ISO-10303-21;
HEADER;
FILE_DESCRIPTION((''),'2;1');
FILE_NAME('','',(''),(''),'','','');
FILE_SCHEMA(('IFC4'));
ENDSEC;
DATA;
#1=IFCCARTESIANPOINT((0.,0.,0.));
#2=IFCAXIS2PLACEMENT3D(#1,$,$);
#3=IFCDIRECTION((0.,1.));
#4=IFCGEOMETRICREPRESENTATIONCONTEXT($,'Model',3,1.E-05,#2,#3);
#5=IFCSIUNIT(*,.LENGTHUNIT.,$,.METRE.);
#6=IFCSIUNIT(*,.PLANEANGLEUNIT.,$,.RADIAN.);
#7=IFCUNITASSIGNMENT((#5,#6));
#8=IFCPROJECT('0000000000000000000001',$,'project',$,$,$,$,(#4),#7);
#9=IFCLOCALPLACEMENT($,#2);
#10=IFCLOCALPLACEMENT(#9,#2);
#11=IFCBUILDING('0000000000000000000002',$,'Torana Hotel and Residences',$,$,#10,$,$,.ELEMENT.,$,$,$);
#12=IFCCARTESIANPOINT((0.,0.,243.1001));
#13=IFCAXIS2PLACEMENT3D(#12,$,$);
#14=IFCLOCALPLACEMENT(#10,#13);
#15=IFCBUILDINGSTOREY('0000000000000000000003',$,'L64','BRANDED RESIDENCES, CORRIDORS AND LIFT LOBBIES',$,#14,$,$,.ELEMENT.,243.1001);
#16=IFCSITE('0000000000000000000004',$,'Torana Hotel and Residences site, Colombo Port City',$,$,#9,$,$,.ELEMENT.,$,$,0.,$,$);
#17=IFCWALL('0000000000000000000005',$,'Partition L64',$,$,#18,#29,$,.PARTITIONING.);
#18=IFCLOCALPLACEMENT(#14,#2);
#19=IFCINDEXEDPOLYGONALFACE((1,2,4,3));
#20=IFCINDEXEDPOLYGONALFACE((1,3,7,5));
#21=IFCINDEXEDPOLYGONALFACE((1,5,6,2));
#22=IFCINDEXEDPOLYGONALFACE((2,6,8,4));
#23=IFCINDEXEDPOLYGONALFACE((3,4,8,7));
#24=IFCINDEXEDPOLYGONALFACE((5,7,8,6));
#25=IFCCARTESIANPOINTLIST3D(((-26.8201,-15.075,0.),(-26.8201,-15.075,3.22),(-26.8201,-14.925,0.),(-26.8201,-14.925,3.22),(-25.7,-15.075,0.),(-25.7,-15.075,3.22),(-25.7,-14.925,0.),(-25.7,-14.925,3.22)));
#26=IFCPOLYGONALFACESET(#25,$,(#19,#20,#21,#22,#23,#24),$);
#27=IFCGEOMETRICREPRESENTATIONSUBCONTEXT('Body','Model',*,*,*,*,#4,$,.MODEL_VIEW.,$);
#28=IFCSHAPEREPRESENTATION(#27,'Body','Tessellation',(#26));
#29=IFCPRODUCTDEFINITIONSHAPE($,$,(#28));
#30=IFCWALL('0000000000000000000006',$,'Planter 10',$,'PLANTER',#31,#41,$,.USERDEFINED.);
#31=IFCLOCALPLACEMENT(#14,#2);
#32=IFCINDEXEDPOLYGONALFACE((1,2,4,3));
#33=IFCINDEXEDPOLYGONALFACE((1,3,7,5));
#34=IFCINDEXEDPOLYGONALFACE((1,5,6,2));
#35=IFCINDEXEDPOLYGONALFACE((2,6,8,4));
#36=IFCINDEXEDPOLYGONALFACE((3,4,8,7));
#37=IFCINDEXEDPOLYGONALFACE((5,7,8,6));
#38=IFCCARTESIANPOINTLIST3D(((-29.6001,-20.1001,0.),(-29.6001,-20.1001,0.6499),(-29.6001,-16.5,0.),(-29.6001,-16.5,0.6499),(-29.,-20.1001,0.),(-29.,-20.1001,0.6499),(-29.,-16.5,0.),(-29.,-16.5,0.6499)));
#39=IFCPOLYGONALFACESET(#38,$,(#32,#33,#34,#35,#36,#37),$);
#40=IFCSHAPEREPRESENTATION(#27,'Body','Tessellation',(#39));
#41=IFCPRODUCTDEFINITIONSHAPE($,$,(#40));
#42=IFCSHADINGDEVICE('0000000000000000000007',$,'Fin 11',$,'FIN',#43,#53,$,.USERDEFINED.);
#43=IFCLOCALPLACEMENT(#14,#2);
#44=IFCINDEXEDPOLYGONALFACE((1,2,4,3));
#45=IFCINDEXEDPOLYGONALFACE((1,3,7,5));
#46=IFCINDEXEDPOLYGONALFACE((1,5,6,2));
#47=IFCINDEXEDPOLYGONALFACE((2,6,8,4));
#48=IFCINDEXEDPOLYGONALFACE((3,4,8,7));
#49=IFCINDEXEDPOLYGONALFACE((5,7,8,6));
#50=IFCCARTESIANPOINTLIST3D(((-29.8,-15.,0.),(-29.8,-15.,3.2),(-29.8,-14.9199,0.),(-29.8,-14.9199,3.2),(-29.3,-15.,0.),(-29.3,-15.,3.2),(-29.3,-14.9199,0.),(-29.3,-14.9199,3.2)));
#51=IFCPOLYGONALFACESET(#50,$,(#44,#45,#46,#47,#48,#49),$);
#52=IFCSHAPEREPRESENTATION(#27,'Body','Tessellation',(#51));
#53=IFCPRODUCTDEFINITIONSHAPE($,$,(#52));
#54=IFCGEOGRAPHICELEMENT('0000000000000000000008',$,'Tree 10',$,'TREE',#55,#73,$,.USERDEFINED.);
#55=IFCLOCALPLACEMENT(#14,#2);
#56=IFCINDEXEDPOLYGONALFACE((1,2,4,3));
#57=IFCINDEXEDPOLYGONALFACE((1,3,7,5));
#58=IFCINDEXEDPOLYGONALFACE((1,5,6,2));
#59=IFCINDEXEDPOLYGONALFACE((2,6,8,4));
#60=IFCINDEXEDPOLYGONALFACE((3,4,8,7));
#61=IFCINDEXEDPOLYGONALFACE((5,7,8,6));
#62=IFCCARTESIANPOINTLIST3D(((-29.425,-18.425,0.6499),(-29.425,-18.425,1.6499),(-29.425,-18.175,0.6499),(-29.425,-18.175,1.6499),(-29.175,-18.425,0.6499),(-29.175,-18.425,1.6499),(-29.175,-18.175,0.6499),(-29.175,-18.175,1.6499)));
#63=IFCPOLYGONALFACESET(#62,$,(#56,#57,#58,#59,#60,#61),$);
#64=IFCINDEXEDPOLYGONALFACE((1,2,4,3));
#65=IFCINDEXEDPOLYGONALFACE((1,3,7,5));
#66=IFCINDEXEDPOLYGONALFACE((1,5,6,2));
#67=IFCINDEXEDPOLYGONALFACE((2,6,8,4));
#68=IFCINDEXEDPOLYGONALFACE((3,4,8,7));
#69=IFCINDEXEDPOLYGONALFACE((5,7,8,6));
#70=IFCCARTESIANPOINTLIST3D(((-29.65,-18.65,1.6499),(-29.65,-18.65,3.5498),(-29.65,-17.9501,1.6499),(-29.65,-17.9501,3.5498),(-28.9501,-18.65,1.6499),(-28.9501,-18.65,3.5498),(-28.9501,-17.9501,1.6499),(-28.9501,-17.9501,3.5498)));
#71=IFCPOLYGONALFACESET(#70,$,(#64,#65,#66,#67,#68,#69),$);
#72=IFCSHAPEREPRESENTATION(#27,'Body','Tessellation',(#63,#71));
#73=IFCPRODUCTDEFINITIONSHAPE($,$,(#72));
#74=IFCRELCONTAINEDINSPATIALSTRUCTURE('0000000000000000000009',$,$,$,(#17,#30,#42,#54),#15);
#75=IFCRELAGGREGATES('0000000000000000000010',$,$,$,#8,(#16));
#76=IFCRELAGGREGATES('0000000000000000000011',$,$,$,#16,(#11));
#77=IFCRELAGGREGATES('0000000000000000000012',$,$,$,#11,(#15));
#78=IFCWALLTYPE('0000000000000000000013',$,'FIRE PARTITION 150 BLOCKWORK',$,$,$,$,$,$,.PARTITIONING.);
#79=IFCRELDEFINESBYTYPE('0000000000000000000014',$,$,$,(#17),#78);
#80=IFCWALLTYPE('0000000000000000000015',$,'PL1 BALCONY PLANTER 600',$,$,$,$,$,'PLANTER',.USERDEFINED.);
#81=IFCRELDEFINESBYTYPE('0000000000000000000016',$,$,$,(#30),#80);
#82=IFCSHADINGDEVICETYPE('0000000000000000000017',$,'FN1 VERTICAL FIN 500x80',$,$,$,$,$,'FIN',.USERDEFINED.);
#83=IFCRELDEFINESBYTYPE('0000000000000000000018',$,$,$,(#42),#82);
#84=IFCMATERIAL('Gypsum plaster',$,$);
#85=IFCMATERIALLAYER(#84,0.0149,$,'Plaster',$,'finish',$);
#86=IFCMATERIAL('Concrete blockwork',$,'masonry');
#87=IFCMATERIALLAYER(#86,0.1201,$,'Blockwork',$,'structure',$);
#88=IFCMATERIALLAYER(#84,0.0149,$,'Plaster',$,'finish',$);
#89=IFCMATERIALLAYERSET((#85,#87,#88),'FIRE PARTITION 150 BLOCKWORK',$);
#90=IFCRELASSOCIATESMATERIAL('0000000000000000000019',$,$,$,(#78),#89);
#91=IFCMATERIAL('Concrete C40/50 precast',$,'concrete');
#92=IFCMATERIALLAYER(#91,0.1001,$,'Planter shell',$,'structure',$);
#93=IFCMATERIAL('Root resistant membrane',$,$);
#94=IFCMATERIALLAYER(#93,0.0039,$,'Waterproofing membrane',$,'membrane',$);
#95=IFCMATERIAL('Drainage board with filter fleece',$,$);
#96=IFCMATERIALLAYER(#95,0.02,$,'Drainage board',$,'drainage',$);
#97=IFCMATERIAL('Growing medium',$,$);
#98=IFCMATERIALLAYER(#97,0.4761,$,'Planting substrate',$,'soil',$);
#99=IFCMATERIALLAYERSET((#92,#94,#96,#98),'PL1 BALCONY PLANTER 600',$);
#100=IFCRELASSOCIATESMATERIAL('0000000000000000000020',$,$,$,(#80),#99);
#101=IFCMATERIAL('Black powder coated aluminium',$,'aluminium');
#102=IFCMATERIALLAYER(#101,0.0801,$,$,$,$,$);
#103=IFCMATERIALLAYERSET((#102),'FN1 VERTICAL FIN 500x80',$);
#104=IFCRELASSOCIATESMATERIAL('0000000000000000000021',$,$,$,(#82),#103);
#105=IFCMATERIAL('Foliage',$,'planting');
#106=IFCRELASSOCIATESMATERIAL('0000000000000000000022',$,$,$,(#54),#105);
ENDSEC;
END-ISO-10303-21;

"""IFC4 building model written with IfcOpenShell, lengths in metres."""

from ifc_helpers import new_model, si_unit, direction, frame, frame_2d, origin, origin_2d, place, context, subcontext, project, spatial, rectangle, extrude, material, layer, layer_set, type_object, element, save


model = new_model("IFC4")

# Units and contexts
model_context = context("Model", 3, precision=1e-05, world=origin(), true_north=direction((0.0, 1.0)))
body_context = subcontext(model_context, "Body", "Model", "MODEL_VIEW")
ifc_project = project(units=[si_unit("LENGTHUNIT", "METRE"), si_unit("PLANEANGLEUNIT", "RADIAN")], contexts=[model_context])

# Site, building, storey
site_placement = place(None, origin())
site = spatial("IfcSite", under=ifc_project, at=site_placement, Name="Torana Hotel and Residences site, Colombo Port City", CompositionType="ELEMENT", RefElevation=0.0)
building_placement = place(site_placement, origin())
building = spatial("IfcBuilding", under=site, at=building_placement, Name="Torana Hotel and Residences", CompositionType="ELEMENT")
storey_placement = place(building_placement, frame((0.0, 0.0, 243.1001)))
storey = spatial("IfcBuildingStorey", under=building, at=storey_placement, Name="L64", Description="BRANDED RESIDENCES, CORRIDORS AND LIFT LOBBIES", CompositionType="ELEMENT", Elevation=243.1001)

# Shared definitions
ifc_material_1 = material(Name="Gypsum plaster")
ifc_layer_1 = layer(ifc_material_1, 0.0149, Name="Plaster", Category="finish")
ifc_material_2 = material(Name="Concrete blockwork", Category="masonry")
ifc_layer_2 = layer(ifc_material_2, 0.1201, Name="Blockwork", Category="structure")
ifc_layer_3 = layer(ifc_material_1, 0.0149, Name="Plaster", Category="finish")
ifc_layer_set_1 = layer_set([ifc_layer_1, ifc_layer_2, ifc_layer_3], Name="FIRE PARTITION 150 BLOCKWORK")
wall_type_1 = type_object("IfcWallType", Name="FIRE PARTITION 150 BLOCKWORK", PredefinedType="PARTITIONING", material=ifc_layer_set_1)

# Walls
wall_1_placement = place(storey_placement, frame((-26.8201, -15.0, 0.0), z_axis=(0.0, 0.0, 1.0), x_axis=(1.0, 0.0, 0.0)))
element("IfcWall", 1, at=wall_1_placement, inside=storey, type_object=wall_type_1, Name="Partition L64", PredefinedType="PARTITIONING", context=body_context, shape_type="SweptSolid", body=[
    extrude(rectangle(XDim=1.1201, YDim=0.1499, at=frame_2d((0.5601, 0.0))), origin(), (0.0, 0.0, 1.0), 3.22),
])
ifc_material_3 = material(Name="Concrete C40/50 precast", Category="concrete")
ifc_layer_4 = layer(ifc_material_3, 0.1001, Name="Planter shell", Category="structure")
ifc_material_4 = material(Name="Root resistant membrane")
ifc_layer_5 = layer(ifc_material_4, 0.0039, Name="Waterproofing membrane", Category="membrane")
ifc_material_5 = material(Name="Drainage board with filter fleece")
ifc_layer_6 = layer(ifc_material_5, 0.02, Name="Drainage board", Category="drainage")
ifc_material_6 = material(Name="Growing medium")
ifc_layer_7 = layer(ifc_material_6, 0.4761, Name="Planting substrate", Category="soil")
ifc_layer_set_2 = layer_set([ifc_layer_4, ifc_layer_5, ifc_layer_6, ifc_layer_7], Name="PL1 BALCONY PLANTER 600")
wall_type_2 = type_object("IfcWallType", Name="PL1 BALCONY PLANTER 600", ElementType="PLANTER", PredefinedType="USERDEFINED", material=ifc_layer_set_2)
wall_2_placement = place(storey_placement, frame((-29.3, -20.1001, 0.0), z_axis=(0.0, 0.0, 1.0), x_axis=(0.0, 1.0, 0.0)))
element("IfcWall", 2, at=wall_2_placement, inside=storey, type_object=wall_type_2, Name="Planter 10", ObjectType="PLANTER", PredefinedType="USERDEFINED", context=body_context, shape_type="SweptSolid", body=[
    extrude(rectangle(XDim=3.6001, YDim=0.6001, at=frame_2d((1.8, 0.0))), origin(), (0.0, 0.0, 1.0), 0.6499),
])

# Shading device
ifc_material_7 = material(Name="Black powder coated aluminium", Category="aluminium")
ifc_layer_8 = layer(ifc_material_7, 0.0801)
ifc_layer_set_3 = layer_set([ifc_layer_8], Name="FN1 VERTICAL FIN 500x80")
shading_device_type = type_object("IfcShadingDeviceType", Name="FN1 VERTICAL FIN 500x80", ElementType="FIN", PredefinedType="USERDEFINED", material=ifc_layer_set_3)
shading_device_placement = place(storey_placement, frame((-29.55, -14.96, 0.0), z_axis=(0.0, 0.0, 1.0), x_axis=(0.0, 1.0, 0.0)))
element("IfcShadingDevice", 3, at=shading_device_placement, inside=storey, type_object=shading_device_type, Name="Fin 11", ObjectType="FIN", PredefinedType="USERDEFINED", context=body_context, shape_type="SweptSolid", body=[
    extrude(rectangle(XDim=0.0801, YDim=0.5, at=origin_2d()), origin(), (0.0, 0.0, 1.0), 3.2),
])

# Geographic element
ifc_material_8 = material(Name="Foliage", Category="planting")
geographic_element_placement = place(storey_placement, frame((-29.3, -18.3, 0.6499), z_axis=(0.0, 0.0, 1.0), x_axis=(1.0, 0.0, 0.0)))
element("IfcGeographicElement", 4, at=geographic_element_placement, inside=storey, material=ifc_material_8, Name="Tree 10", ObjectType="TREE", PredefinedType="USERDEFINED", context=body_context, shape_type="SweptSolid", body=[
    extrude(rectangle(XDim=0.25, YDim=0.25, at=origin_2d()), origin(), (0.0, 0.0, 1.0), 1.0),
    extrude(rectangle(XDim=0.7, YDim=0.7, at=origin_2d()), frame((0.0, 0.0, 1.0)), (0.0, 0.0, 1.0), 1.8999),
])

save(model, "model.ifc")
